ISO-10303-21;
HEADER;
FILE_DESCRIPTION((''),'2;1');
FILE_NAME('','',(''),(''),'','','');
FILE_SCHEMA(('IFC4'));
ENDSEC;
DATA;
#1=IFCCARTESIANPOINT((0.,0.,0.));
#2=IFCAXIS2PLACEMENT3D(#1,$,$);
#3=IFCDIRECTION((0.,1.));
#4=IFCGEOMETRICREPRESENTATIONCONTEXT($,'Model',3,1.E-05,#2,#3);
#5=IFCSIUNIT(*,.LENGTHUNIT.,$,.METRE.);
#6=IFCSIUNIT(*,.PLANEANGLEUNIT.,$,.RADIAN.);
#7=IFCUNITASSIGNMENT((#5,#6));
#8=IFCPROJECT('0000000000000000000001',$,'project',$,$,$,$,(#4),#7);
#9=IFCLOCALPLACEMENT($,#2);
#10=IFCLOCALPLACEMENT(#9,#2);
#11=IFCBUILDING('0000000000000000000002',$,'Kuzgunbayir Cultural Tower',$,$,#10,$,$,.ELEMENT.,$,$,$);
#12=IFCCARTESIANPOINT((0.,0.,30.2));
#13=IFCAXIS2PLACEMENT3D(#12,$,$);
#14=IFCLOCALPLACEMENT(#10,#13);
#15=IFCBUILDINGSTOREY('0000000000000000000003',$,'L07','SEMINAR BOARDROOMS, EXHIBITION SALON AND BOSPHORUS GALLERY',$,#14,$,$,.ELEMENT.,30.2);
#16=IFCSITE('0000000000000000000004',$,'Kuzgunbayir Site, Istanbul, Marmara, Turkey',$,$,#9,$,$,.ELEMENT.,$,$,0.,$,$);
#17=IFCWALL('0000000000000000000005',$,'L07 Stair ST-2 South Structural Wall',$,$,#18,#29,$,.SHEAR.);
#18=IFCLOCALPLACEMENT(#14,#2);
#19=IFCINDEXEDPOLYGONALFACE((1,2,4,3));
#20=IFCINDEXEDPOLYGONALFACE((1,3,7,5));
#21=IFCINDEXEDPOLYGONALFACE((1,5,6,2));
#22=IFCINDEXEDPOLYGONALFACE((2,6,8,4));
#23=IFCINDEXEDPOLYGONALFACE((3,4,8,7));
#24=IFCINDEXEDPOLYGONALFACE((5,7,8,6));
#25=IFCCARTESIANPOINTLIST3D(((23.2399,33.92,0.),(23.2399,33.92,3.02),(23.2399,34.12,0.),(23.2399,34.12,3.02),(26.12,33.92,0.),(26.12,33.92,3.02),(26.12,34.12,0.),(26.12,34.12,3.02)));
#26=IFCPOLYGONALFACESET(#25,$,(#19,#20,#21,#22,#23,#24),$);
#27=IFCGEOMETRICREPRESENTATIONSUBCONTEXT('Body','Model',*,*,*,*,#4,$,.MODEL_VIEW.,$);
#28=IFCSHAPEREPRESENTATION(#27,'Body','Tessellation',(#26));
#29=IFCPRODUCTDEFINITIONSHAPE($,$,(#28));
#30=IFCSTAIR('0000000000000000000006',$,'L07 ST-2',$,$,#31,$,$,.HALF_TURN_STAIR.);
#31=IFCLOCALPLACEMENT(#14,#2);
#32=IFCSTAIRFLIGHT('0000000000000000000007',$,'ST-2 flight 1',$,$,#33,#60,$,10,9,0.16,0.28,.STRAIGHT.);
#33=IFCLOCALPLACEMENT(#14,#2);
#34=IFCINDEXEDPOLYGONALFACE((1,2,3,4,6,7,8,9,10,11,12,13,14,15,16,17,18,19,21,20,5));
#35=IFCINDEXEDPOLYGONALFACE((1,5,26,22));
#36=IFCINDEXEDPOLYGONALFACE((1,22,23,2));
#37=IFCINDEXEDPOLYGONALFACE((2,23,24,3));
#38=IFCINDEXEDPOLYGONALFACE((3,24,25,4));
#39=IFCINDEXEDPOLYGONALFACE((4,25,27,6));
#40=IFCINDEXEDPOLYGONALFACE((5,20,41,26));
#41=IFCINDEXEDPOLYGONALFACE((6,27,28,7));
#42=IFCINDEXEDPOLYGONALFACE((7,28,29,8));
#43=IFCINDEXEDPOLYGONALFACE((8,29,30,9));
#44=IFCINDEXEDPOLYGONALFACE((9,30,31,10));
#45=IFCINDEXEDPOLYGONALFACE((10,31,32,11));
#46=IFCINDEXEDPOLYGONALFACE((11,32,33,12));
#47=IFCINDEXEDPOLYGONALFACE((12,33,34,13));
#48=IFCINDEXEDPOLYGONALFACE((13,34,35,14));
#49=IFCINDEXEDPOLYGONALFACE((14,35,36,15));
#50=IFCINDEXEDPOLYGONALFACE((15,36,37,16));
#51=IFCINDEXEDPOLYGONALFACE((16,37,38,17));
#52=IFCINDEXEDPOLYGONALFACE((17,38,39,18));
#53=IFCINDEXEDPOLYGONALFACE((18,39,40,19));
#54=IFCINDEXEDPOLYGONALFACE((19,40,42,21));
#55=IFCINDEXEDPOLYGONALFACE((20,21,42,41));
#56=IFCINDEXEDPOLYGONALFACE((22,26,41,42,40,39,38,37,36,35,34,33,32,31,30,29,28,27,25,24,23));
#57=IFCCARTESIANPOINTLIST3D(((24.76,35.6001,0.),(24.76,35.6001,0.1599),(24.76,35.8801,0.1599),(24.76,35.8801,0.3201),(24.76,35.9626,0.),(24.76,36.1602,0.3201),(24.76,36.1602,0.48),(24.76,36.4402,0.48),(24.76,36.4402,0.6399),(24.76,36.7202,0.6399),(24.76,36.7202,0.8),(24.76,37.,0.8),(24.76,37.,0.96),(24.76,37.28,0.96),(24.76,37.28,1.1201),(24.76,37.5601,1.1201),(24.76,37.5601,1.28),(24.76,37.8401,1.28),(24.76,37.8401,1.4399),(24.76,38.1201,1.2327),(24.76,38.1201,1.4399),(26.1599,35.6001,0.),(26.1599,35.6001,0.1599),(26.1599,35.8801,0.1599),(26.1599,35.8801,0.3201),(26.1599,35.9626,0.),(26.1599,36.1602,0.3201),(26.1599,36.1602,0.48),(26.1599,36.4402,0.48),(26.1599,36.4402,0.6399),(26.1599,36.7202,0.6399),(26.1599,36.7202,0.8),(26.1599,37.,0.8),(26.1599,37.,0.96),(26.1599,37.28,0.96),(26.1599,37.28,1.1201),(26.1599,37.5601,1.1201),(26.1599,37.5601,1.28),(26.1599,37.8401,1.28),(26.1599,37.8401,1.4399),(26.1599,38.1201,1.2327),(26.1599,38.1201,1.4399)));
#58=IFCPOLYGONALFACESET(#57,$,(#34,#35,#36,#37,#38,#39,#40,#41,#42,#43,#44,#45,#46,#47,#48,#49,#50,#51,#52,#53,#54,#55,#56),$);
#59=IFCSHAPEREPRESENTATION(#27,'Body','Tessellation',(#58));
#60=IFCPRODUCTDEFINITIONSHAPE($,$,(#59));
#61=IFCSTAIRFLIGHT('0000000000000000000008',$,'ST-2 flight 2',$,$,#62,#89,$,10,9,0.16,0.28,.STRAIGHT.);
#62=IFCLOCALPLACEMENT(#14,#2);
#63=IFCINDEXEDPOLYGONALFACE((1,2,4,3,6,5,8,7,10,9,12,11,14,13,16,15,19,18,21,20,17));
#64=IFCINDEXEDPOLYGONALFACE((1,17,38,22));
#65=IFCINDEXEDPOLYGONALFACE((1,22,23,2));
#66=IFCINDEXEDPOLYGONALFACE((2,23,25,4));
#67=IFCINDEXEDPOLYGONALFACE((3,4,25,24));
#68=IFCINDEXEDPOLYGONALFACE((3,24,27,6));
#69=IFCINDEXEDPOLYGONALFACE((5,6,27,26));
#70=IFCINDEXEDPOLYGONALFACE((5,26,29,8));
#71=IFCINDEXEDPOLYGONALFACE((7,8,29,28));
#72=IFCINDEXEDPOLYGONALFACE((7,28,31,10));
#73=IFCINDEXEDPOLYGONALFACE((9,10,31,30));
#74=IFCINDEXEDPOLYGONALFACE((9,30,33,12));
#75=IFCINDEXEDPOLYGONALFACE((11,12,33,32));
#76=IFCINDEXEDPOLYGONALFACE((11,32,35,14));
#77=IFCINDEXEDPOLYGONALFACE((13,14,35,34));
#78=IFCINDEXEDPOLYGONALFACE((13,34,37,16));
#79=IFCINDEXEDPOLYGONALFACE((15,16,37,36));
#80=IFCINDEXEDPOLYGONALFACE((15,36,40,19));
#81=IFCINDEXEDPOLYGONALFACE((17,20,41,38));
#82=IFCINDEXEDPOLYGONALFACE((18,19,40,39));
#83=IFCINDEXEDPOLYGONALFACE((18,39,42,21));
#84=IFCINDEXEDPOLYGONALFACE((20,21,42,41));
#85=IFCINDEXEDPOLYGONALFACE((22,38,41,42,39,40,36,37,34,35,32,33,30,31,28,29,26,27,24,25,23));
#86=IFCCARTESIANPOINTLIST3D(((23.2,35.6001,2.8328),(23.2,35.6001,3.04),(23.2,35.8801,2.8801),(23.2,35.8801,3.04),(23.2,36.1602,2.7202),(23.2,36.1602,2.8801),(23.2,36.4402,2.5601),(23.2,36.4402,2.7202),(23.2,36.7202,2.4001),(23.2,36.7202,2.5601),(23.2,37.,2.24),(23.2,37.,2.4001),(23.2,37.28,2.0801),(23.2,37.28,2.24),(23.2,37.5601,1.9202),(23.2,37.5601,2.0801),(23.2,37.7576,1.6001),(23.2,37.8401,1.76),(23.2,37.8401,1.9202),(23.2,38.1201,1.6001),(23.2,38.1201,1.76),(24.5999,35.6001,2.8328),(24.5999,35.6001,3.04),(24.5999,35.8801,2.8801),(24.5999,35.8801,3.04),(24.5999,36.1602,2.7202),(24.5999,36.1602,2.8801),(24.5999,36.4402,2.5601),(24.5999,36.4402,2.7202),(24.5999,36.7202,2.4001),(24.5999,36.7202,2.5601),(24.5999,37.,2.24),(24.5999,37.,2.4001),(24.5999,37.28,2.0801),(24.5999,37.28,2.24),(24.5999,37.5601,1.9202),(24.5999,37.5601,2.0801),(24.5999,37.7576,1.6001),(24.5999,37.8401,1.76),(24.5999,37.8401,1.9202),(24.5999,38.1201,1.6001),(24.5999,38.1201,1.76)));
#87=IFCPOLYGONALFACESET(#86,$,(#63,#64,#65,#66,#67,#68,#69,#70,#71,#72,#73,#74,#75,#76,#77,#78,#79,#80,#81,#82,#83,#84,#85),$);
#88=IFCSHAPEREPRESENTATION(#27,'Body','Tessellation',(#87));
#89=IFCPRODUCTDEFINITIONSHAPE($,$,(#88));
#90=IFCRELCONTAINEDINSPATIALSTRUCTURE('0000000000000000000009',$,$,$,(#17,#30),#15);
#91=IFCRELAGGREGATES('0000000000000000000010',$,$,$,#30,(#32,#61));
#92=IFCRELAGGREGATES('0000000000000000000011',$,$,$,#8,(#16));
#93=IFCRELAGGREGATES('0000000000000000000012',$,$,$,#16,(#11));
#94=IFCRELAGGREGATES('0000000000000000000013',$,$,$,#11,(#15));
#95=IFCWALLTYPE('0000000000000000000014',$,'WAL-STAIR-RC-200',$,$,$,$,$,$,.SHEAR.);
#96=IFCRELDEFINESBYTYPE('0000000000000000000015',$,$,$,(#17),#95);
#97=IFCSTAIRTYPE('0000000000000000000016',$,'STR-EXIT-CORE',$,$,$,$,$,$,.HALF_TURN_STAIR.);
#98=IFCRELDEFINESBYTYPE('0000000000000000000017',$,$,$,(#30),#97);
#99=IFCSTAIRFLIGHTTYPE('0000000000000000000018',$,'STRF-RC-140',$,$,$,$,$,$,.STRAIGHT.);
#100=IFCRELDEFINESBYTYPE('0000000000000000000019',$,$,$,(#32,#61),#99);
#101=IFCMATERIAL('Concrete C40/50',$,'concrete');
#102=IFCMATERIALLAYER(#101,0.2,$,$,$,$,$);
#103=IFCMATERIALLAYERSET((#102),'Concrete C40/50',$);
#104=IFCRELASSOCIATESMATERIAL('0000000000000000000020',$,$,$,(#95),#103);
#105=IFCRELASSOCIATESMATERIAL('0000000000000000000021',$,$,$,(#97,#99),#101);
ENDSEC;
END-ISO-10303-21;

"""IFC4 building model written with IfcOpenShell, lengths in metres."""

from ifc_helpers import new_model, si_unit, direction, frame, frame_2d, origin, place, context, subcontext, project, spatial, polyline, rectangle, outline, extrude, material, layer, layer_set, type_object, element, aggregate, save


model = new_model("IFC4")

# Units and contexts
model_context = context("Model", 3, precision=1e-05, world=origin(), true_north=direction((0.0, 1.0)))
body_context = subcontext(model_context, "Body", "Model", "MODEL_VIEW")
ifc_project = project(units=[si_unit("LENGTHUNIT", "METRE"), si_unit("PLANEANGLEUNIT", "RADIAN")], contexts=[model_context])

# Site, building, storey
site_placement = place(None, origin())
site = spatial("IfcSite", under=ifc_project, at=site_placement, Name="Kuzgunbayir Site, Istanbul, Marmara, Turkey", CompositionType="ELEMENT", RefElevation=0.0)
building_placement = place(site_placement, origin())
building = spatial("IfcBuilding", under=site, at=building_placement, Name="Kuzgunbayir Cultural Tower", CompositionType="ELEMENT")
storey_placement = place(building_placement, frame((0.0, 0.0, 30.2)))
storey = spatial("IfcBuildingStorey", under=building, at=storey_placement, Name="L07", Description="SEMINAR BOARDROOMS, EXHIBITION SALON AND BOSPHORUS GALLERY", CompositionType="ELEMENT", Elevation=30.2)

# Shared definitions
ifc_material_1 = material(Name="Concrete C40/50", Category="concrete")
ifc_layer_1 = layer(ifc_material_1, 0.2)
ifc_layer_set_1 = layer_set([ifc_layer_1], Name="Concrete C40/50")
wall_type_1 = type_object("IfcWallType", Name="WAL-STAIR-RC-200", PredefinedType="SHEAR", material=ifc_layer_set_1)

# Wall
wall_1_placement = place(storey_placement, frame((23.24, 34.02, 0.0), z_axis=(0.0, 0.0, 1.0), x_axis=(1.0, 0.0, 0.0)))
element("IfcWall", 1, at=wall_1_placement, inside=storey, type_object=wall_type_1, Name="L07 Stair ST-2 South Structural Wall", PredefinedType="SHEAR", context=body_context, shape_type="SweptSolid", body=[
    extrude(rectangle(XDim=2.8801, YDim=0.2, at=frame_2d((1.4399, 0.0))), origin(), (0.0, 0.0, 1.0), 3.02),
])

# Stair, stair flights
stair_type = type_object("IfcStairType", Name="STR-EXIT-CORE", PredefinedType="HALF_TURN_STAIR", material=ifc_material_1)
stair_placement = place(storey_placement, origin())
stair = element("IfcStair", 2, at=stair_placement, inside=storey, type_object=stair_type, Name="L07 ST-2", PredefinedType="HALF_TURN_STAIR")
stair_flight_type = type_object("IfcStairFlightType", Name="STRF-RC-140", PredefinedType="STRAIGHT", material=ifc_material_1)
stair_flight_1_placement = place(storey_placement, frame((25.46, 35.6001, 0.0), z_axis=(0.0, 0.0, 1.0), x_axis=(0.0, 1.0, 0.0)))
stair_flight_1 = element("IfcStairFlight", 3, at=stair_flight_1_placement, type_object=stair_flight_type, Name="ST-2 flight 1", NumberOfRisers=10, NumberOfTreads=9, PredefinedType="STRAIGHT", RiserHeight=0.16, TreadLength=0.28, context=body_context, shape_type="SweptSolid", body=[
    extrude(outline(polyline([(0.0, 0.0), (0.0, 0.1599), (0.28, 0.1599), (0.28, 0.3201), (0.5601, 0.3201), (0.5601, 0.48), (0.8401, 0.48), (0.8401, 0.6399), (1.1201, 0.6399), (1.1201, 0.8), (1.3999, 0.8), (1.3999, 0.96), (1.6799, 0.96), (1.6799, 1.1201), (1.96, 1.1201), (1.96, 1.28), (2.24, 1.28), (2.24, 1.4399), (2.52, 1.4399), (2.52, 1.6001), (2.52, 1.2327), (0.3625, 0.0), (0.0, 0.0)])), frame((0.0, 0.7, 0.0), z_axis=(0.0, -1.0, 0.0), x_axis=(1.0, 0.0, 0.0)), (0.0, 0.0, 1.0), 1.3999),
])
stair_flight_2_placement = place(storey_placement, frame((23.8999, 38.1201, 1.6001), z_axis=(0.0, 0.0, 1.0), x_axis=(0.0, -1.0, 0.0)))
stair_flight_2 = element("IfcStairFlight", 4, at=stair_flight_2_placement, type_object=stair_flight_type, Name="ST-2 flight 2", NumberOfRisers=10, NumberOfTreads=9, PredefinedType="STRAIGHT", RiserHeight=0.16, TreadLength=0.28, context=body_context, shape_type="SweptSolid", body=[
    extrude(outline(polyline([(0.0, 0.0), (0.0, 0.1599), (0.28, 0.1599), (0.28, 0.3201), (0.5601, 0.3201), (0.5601, 0.48), (0.8401, 0.48), (0.8401, 0.6399), (1.1201, 0.6399), (1.1201, 0.8), (1.3999, 0.8), (1.3999, 0.96), (1.6799, 0.96), (1.6799, 1.1201), (1.96, 1.1201), (1.96, 1.28), (2.24, 1.28), (2.24, 1.4399), (2.52, 1.4399), (2.52, 1.6001), (2.52, 1.2327), (0.3625, 0.0), (0.0, 0.0)])), frame((0.0, 0.7, 0.0), z_axis=(0.0, -1.0, 0.0), x_axis=(1.0, 0.0, 0.0)), (0.0, 0.0, 1.0), 1.3999),
])
aggregate(stair, [stair_flight_1, stair_flight_2])

save(model, "model.ifc")
